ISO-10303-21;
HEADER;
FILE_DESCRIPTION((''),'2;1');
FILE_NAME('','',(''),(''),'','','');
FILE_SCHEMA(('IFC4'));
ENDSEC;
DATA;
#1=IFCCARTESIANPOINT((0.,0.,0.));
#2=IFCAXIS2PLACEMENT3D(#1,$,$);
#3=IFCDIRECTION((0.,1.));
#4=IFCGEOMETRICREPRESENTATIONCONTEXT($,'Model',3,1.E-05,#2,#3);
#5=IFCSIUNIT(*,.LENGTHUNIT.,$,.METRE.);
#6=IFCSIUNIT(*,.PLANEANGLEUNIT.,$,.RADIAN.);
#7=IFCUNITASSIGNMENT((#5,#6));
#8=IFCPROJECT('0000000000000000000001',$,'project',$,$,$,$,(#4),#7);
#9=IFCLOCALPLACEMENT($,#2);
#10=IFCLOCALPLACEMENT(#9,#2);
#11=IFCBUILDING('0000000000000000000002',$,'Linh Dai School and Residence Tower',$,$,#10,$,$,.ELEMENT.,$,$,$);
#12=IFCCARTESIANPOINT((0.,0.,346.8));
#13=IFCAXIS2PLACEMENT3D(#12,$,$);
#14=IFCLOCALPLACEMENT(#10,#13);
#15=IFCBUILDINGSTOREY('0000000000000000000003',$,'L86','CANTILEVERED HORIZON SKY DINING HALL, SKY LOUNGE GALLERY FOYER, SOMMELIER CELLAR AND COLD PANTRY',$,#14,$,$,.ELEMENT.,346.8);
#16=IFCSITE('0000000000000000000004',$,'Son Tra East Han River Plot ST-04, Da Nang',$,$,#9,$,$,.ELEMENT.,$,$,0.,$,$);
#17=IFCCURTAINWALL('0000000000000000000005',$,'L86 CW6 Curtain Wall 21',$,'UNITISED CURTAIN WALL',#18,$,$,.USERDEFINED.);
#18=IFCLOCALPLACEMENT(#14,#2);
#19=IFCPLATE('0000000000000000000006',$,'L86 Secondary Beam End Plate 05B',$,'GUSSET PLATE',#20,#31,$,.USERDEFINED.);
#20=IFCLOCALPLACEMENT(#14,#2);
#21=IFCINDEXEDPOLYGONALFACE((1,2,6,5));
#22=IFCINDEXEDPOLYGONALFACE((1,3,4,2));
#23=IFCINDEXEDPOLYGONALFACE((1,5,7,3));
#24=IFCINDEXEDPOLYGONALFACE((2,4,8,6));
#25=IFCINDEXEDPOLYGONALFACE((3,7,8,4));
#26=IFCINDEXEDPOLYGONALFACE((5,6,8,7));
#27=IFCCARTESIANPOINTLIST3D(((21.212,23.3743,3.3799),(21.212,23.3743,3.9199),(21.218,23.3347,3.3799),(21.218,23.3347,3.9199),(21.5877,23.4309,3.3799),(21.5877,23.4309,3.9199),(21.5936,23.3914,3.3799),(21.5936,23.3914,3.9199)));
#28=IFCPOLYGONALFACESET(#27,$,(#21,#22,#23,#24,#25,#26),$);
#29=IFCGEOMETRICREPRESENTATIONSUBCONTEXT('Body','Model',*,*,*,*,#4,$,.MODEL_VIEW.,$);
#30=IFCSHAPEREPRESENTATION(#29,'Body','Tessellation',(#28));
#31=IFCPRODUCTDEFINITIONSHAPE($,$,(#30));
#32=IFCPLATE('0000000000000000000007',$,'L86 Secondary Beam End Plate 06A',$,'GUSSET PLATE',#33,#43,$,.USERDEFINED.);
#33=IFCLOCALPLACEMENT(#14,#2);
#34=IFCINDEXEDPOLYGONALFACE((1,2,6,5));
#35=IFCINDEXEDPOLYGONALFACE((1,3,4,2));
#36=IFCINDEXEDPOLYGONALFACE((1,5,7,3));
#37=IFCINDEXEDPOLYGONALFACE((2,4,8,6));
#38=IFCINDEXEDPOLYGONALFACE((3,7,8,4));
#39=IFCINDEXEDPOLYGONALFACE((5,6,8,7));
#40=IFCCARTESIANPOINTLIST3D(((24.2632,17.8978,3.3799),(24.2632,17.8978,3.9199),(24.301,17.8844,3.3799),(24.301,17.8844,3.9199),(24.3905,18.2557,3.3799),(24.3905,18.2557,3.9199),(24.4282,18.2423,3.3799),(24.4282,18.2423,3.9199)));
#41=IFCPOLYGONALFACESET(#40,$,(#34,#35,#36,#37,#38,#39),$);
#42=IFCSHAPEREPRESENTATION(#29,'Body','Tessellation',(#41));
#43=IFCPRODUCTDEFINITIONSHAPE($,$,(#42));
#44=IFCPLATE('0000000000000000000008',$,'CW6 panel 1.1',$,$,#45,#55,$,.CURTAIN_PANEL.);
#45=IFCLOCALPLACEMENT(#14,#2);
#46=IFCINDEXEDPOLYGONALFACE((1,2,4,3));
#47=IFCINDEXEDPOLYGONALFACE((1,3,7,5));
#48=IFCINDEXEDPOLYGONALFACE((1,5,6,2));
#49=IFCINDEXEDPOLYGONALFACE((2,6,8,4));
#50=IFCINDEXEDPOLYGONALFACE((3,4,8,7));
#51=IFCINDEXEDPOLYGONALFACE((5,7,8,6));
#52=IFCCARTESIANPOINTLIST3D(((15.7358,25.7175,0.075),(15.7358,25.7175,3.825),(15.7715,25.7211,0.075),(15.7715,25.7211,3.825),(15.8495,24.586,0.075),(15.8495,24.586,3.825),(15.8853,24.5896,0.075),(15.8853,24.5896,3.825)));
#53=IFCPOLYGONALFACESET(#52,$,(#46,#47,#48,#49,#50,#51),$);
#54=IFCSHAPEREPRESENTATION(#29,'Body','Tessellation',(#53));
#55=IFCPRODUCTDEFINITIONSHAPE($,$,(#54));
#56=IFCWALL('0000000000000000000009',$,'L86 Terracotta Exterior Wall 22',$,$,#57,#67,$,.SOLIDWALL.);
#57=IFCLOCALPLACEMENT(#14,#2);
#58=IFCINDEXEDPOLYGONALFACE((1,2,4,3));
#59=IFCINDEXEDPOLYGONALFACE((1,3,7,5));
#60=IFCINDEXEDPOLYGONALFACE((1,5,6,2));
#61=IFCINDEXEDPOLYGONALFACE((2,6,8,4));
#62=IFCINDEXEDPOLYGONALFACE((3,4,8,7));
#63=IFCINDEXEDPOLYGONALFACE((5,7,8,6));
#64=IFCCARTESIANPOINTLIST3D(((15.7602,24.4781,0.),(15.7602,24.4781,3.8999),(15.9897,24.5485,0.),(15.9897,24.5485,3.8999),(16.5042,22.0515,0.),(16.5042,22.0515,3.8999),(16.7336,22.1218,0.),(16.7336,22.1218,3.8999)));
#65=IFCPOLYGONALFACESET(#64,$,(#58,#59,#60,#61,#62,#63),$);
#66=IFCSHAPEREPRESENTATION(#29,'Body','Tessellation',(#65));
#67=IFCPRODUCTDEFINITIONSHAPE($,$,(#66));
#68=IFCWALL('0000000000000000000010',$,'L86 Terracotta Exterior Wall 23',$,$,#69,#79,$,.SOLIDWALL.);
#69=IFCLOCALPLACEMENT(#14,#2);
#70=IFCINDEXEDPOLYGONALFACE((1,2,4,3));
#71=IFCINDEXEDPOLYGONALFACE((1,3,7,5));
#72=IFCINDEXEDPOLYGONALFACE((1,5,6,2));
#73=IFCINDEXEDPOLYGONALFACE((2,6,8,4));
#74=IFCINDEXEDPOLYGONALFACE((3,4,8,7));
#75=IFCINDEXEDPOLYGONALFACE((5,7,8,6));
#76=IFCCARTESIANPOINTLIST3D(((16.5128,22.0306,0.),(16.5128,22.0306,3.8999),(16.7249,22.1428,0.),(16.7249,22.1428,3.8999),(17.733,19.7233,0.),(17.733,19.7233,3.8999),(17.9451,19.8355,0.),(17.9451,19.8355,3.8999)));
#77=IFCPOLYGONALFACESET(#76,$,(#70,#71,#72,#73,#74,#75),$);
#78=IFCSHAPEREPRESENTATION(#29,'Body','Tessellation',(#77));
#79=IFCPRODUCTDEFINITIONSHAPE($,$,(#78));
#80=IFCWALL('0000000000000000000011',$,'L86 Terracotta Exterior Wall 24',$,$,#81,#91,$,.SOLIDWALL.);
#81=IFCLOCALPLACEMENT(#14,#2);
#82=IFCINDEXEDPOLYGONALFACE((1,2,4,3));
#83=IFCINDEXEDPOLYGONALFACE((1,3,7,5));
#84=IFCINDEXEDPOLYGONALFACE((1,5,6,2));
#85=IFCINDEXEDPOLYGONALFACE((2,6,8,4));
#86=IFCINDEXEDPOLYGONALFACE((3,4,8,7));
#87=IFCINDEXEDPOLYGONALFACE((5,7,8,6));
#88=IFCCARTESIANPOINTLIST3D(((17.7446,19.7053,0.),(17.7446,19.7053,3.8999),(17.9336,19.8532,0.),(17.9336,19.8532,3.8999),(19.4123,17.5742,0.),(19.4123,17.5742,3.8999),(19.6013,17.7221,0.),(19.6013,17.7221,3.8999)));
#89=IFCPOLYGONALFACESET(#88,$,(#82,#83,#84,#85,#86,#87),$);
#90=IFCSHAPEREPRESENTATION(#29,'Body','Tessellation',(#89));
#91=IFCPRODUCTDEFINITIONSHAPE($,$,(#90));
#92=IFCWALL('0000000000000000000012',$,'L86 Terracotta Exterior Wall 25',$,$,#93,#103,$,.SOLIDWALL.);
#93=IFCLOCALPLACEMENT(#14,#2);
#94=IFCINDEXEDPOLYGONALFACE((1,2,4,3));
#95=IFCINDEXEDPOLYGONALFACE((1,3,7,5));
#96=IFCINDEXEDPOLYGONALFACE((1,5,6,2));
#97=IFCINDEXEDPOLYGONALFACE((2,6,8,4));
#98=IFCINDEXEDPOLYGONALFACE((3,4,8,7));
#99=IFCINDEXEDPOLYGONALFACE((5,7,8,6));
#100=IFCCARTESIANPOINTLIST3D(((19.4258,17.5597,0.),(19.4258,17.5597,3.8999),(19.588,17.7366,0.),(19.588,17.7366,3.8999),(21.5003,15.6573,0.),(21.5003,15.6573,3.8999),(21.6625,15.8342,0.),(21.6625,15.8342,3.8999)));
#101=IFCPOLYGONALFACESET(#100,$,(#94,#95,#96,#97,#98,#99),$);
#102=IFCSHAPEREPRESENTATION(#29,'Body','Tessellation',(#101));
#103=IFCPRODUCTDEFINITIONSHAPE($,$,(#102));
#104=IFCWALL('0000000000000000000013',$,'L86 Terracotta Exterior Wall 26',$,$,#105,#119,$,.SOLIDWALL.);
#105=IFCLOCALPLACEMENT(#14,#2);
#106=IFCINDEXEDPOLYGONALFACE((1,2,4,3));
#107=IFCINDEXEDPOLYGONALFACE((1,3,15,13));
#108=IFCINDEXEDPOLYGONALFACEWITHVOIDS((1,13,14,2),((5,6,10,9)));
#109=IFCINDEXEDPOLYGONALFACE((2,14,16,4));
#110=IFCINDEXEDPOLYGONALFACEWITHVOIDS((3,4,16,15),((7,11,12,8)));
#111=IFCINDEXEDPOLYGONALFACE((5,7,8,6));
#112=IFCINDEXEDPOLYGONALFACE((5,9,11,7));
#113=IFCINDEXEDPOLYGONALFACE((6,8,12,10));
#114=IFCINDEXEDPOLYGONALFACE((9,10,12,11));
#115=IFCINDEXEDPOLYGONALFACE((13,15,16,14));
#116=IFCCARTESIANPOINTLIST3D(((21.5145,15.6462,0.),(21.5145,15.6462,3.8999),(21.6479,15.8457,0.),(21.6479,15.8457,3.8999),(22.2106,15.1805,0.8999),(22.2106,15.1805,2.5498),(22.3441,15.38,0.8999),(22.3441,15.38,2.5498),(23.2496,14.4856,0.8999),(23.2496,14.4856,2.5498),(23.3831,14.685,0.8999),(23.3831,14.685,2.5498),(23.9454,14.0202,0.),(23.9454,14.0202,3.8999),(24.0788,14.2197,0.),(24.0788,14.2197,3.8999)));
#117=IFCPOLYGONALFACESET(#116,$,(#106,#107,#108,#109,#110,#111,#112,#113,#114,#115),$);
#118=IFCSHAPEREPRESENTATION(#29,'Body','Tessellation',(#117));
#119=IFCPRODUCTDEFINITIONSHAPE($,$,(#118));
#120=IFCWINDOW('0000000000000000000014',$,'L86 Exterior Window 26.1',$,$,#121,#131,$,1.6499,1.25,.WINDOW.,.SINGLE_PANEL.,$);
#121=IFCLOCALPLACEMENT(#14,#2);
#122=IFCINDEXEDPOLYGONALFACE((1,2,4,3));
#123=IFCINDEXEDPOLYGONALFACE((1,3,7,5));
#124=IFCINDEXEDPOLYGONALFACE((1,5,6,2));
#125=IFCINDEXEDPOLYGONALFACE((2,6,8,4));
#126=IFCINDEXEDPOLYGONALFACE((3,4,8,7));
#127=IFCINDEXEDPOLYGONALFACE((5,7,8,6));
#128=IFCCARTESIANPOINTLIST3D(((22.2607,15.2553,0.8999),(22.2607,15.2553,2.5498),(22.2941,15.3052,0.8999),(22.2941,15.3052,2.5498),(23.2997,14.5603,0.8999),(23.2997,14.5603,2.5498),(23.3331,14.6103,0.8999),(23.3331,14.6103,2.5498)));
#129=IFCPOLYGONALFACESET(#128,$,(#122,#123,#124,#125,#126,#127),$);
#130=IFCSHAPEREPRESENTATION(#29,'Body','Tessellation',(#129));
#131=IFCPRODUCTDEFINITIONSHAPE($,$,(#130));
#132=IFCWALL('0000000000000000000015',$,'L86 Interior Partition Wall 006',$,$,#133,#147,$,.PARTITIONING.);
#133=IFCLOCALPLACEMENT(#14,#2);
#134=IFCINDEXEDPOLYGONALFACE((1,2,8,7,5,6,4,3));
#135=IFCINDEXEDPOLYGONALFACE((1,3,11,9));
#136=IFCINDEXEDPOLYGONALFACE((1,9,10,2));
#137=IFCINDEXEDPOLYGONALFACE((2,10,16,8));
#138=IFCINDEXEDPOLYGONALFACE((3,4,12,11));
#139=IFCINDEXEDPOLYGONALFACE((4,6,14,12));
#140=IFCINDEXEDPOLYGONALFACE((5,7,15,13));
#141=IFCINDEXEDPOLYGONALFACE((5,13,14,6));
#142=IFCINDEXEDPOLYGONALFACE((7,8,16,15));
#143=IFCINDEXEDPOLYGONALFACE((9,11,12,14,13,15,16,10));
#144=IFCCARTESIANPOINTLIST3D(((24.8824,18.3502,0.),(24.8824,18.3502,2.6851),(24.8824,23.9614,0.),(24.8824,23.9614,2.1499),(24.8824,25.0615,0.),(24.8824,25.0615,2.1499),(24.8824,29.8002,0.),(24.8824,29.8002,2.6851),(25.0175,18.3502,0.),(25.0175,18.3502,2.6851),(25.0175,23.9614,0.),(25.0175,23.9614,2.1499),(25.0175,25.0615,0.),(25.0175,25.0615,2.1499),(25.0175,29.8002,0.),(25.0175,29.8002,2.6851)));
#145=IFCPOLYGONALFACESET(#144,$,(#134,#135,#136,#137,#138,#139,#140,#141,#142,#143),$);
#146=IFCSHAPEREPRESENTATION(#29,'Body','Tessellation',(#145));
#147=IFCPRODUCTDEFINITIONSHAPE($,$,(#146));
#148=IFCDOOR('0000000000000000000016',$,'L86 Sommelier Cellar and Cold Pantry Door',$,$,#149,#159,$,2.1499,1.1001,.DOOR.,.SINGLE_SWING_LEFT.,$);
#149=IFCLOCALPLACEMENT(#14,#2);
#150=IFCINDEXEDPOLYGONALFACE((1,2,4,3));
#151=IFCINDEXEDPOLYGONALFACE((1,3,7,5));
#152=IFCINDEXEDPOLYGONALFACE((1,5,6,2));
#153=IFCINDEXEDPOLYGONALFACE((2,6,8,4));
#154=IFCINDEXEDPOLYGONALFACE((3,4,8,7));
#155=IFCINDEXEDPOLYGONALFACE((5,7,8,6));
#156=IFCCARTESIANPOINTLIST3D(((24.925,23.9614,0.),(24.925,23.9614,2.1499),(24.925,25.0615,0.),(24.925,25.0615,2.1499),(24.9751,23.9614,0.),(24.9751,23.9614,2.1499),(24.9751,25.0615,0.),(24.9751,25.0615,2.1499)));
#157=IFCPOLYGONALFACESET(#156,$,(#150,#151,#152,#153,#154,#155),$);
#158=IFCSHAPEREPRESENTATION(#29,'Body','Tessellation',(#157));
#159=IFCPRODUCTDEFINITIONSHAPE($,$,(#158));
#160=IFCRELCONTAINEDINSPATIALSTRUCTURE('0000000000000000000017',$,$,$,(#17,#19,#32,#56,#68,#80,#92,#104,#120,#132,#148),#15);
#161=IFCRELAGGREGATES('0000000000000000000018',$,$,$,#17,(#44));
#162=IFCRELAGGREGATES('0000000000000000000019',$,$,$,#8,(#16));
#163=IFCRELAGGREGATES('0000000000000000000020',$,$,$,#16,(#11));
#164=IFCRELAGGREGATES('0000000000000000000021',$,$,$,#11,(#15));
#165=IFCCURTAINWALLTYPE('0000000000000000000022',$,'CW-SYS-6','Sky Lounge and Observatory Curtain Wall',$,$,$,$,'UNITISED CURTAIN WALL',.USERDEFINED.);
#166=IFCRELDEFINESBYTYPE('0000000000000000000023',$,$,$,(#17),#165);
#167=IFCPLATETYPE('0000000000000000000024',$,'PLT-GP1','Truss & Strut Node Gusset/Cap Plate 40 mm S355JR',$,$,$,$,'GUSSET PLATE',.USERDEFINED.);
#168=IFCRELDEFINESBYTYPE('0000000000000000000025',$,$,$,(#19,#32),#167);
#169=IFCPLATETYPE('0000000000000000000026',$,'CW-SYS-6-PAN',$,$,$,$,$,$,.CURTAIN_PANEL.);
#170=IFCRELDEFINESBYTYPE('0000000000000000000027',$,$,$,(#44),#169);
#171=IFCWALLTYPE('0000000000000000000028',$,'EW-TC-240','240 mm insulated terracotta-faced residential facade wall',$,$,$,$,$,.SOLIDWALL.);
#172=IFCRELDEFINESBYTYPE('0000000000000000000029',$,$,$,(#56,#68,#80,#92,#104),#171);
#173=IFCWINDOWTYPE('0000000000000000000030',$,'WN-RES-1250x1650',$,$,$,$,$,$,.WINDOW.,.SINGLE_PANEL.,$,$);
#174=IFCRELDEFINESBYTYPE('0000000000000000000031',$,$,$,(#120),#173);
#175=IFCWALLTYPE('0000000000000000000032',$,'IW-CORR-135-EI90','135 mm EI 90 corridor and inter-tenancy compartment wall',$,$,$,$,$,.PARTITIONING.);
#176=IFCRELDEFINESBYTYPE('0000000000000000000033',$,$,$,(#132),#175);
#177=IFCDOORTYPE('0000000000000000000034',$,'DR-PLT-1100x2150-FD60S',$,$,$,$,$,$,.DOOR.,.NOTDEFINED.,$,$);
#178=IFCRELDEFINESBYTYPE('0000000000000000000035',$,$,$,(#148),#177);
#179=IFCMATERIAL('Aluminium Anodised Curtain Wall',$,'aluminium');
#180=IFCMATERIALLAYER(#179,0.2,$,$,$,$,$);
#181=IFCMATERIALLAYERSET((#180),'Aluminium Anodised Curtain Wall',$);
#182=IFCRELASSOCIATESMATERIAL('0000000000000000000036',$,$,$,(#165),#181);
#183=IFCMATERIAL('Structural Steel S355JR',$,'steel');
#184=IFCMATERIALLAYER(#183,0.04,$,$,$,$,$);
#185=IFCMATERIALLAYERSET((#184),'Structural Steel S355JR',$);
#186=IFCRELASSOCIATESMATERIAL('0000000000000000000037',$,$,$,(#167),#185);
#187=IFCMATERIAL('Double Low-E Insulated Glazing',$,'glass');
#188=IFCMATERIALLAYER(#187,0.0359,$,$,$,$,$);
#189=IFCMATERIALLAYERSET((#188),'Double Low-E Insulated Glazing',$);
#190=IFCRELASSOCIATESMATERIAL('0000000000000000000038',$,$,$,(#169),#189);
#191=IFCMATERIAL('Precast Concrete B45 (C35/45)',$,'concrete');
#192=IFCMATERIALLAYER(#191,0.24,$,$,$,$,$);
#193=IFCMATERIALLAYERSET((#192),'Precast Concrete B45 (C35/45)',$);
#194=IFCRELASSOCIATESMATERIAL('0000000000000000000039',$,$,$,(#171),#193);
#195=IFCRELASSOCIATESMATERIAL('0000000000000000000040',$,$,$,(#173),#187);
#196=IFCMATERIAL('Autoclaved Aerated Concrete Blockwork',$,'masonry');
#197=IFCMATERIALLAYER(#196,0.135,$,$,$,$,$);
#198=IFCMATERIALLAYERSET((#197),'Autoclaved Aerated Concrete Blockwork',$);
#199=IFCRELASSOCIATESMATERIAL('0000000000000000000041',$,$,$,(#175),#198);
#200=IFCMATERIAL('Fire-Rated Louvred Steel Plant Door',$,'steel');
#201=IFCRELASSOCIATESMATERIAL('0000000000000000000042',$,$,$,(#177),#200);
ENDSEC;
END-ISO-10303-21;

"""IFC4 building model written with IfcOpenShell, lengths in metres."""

from ifc_helpers import new_model, si_unit, direction, frame, frame_2d, origin, origin_2d, place, context, subcontext, project, spatial, rectangle, extrude, source, transform, mapped, material, layer, layer_set, type_object, element, fill, aggregate, save


model = new_model("IFC4")

# Units and contexts
model_context = context("Model", 3, precision=1e-05, world=origin(), true_north=direction((0.0, 1.0)))
body_context = subcontext(model_context, "Body", "Model", "MODEL_VIEW")
ifc_project = project(units=[si_unit("LENGTHUNIT", "METRE"), si_unit("PLANEANGLEUNIT", "RADIAN")], contexts=[model_context])

# Site, building, storey
site_placement = place(None, origin())
site = spatial("IfcSite", under=ifc_project, at=site_placement, Name="Son Tra East Han River Plot ST-04, Da Nang", CompositionType="ELEMENT", RefElevation=0.0)
building_placement = place(site_placement, origin())
building = spatial("IfcBuilding", under=site, at=building_placement, Name="Linh Dai School and Residence Tower", CompositionType="ELEMENT")
storey_placement = place(building_placement, frame((0.0, 0.0, 346.8)))
storey = spatial("IfcBuildingStorey", under=building, at=storey_placement, Name="L86", Description="CANTILEVERED HORIZON SKY DINING HALL, SKY LOUNGE GALLERY FOYER, SOMMELIER CELLAR AND COLD PANTRY", CompositionType="ELEMENT", Elevation=346.8)

# Shared definitions
ifc_material_1 = material(Name="Structural Steel S355JR", Category="steel")

# Curtain wall
ifc_material_2 = material(Name="Aluminium Anodised Curtain Wall", Category="aluminium")
ifc_layer_1 = layer(ifc_material_2, 0.2)
ifc_layer_set_1 = layer_set([ifc_layer_1], Name="Aluminium Anodised Curtain Wall")
curtain_wall_type = type_object("IfcCurtainWallType", Name="CW-SYS-6", Description="Sky Lounge and Observatory Curtain Wall", ElementType="UNITISED CURTAIN WALL", PredefinedType="USERDEFINED", material=ifc_layer_set_1)
curtain_wall_placement = place(storey_placement, origin())
curtain_wall = element("IfcCurtainWall", 1, at=curtain_wall_placement, inside=storey, type_object=curtain_wall_type, Name="L86 CW6 Curtain Wall 21", ObjectType="UNITISED CURTAIN WALL", PredefinedType="USERDEFINED")

# Plates
ifc_layer_2 = layer(ifc_material_1, 0.04)
ifc_layer_set_2 = layer_set([ifc_layer_2], Name="Structural Steel S355JR")
plate_type_1 = type_object("IfcPlateType", Name="PLT-GP1", Description="Truss & Strut Node Gusset/Cap Plate 40 mm S355JR", ElementType="GUSSET PLATE", PredefinedType="USERDEFINED", material=ifc_layer_set_2)
shared_shape_1 = source(origin(), body_context, "Body", "SweptSolid", [
    extrude(rectangle(XDim=0.04, YDim=0.3799, at=origin_2d()), origin(), (0.0, 0.0, 1.0), 0.54),
])
for number, where, z_axis, x_axis, name in (
    (2, (21.4028, 23.3828, 3.3799), (0.0, 0.0, 1.0), (0.149196, -0.988808, 0.0), "L86 Secondary Beam End Plate 05B"),
    (3, (24.3457, 18.0701, 3.3799), (0.0, 0.0, 1.0), (0.942251, -0.334909, 0.0), "L86 Secondary Beam End Plate 06A"),
):
    element("IfcPlate", number, at=place(storey_placement, frame(where, z_axis=z_axis, x_axis=x_axis)), inside=storey, type_object=plate_type_1, Name=name, ObjectType="GUSSET PLATE", PredefinedType="USERDEFINED", context=body_context, shape_type="MappedRepresentation", body=[
        mapped(shared_shape_1, transform((0.0, 0.0, 0.0), x_axis=(1.0, 0.0, 0.0), y_axis=(0.0, 1.0, 0.0), z_axis=(0.0, 0.0, 1.0), scale=1.0)),
    ])

# Plate
ifc_material_3 = material(Name="Double Low-E Insulated Glazing", Category="glass")
ifc_layer_3 = layer(ifc_material_3, 0.0359)
ifc_layer_set_3 = layer_set([ifc_layer_3], Name="Double Low-E Insulated Glazing")
plate_type_2 = type_object("IfcPlateType", Name="CW-SYS-6-PAN", PredefinedType="CURTAIN_PANEL", material=ifc_layer_set_3)
shared_shape_2 = source(origin(), body_context, "Body", "SweptSolid", [
    extrude(rectangle(XDim=1.1372, YDim=0.0359, at=origin_2d()), origin(), (0.0, 0.0, 1.0), 3.75),
])
plate_placement = place(storey_placement, frame((15.8105, 25.1536, 0.075), z_axis=(0.0, 0.0, 1.0), x_axis=(-0.099992, 0.994988, 0.0)))
plate = element("IfcPlate", 4, at=plate_placement, type_object=plate_type_2, Name="CW6 panel 1.1", PredefinedType="CURTAIN_PANEL", context=body_context, shape_type="MappedRepresentation", body=[
    mapped(shared_shape_2, transform((0.0, 0.0, 0.0), x_axis=(1.0, 0.0, 0.0), y_axis=(0.0, 1.0, 0.0), z_axis=(0.0, 0.0, 1.0), scale=1.0)),
])
aggregate(curtain_wall, [plate])

# Walls
ifc_material_4 = material(Name="Precast Concrete B45 (C35/45)", Category="concrete")
ifc_layer_4 = layer(ifc_material_4, 0.24)
ifc_layer_set_4 = layer_set([ifc_layer_4], Name="Precast Concrete B45 (C35/45)")
wall_type_1 = type_object("IfcWallType", Name="EW-TC-240", Description="240 mm insulated terracotta-faced residential facade wall", PredefinedType="SOLIDWALL", material=ifc_layer_set_4)
wall_1_placement = place(storey_placement, frame((16.6189, 22.0867, 0.0), z_axis=(0.0, 0.0, 1.0), x_axis=(-0.293106, 0.95608, 0.0)))
element("IfcWall", 5, at=wall_1_placement, inside=storey, type_object=wall_type_1, Name="L86 Terracotta Exterior Wall 22", PredefinedType="SOLIDWALL", context=body_context, shape_type="SweptSolid", body=[
    extrude(rectangle(XDim=2.5381, YDim=0.24, at=frame_2d((1.269, 0.0))), origin(), (0.0, 0.0, 1.0), 3.8999),
])
wall_2_placement = place(storey_placement, frame((17.8391, 19.7793, 0.0), z_axis=(0.0, 0.0, 1.0), x_axis=(-0.467488, 0.883999, 0.0)))
element("IfcWall", 6, at=wall_2_placement, inside=storey, type_object=wall_type_1, Name="L86 Terracotta Exterior Wall 23", PredefinedType="SOLIDWALL", context=body_context, shape_type="SweptSolid", body=[
    extrude(rectangle(XDim=2.6101, YDim=0.24, at=frame_2d((1.3052, 0.0))), origin(), (0.0, 0.0, 1.0), 3.8999),
])
wall_3_placement = place(storey_placement, frame((19.5068, 17.6482, 0.0), z_axis=(0.0, 0.0, 1.0), x_axis=(-0.616286, 0.787522, 0.0)))
element("IfcWall", 7, at=wall_3_placement, inside=storey, type_object=wall_type_1, Name="L86 Terracotta Exterior Wall 24", PredefinedType="SOLIDWALL", context=body_context, shape_type="SweptSolid", body=[
    extrude(rectangle(XDim=2.7061, YDim=0.24, at=frame_2d((1.353, 0.0))), origin(), (0.0, 0.0, 1.0), 3.8999),
])
wall_4_placement = place(storey_placement, frame((21.5813, 15.7458, 0.0), z_axis=(0.0, 0.0, 1.0), x_axis=(-0.737021, 0.67587, 0.0)))
element("IfcWall", 8, at=wall_4_placement, inside=storey, type_object=wall_type_1, Name="L86 Terracotta Exterior Wall 25", PredefinedType="SOLIDWALL", context=body_context, shape_type="SweptSolid", body=[
    extrude(rectangle(XDim=2.8147, YDim=0.24, at=frame_2d((1.4072, 0.0))), origin(), (0.0, 0.0, 1.0), 3.8999),
])

# Wall, opening, window
wall_5_placement = place(storey_placement, frame((24.0122, 14.1199, 0.0), z_axis=(0.0, 0.0, 1.0), x_axis=(-0.831202, 0.555971, 0.0)))
wall_5 = element("IfcWall", 9, at=wall_5_placement, inside=storey, type_object=wall_type_1, Name="L86 Terracotta Exterior Wall 26", PredefinedType="SOLIDWALL", context=body_context, shape_type="SweptSolid", body=[
    extrude(rectangle(XDim=2.9246, YDim=0.24, at=frame_2d((1.4624, 0.0))), origin(), (0.0, 0.0, 1.0), 3.8999),
])
opening_1_placement = place(wall_5_placement, frame((0.8372, 0.0, 0.8999)))
opening_1 = element("IfcOpeningElement", 10, at=opening_1_placement, cuts=wall_5, PredefinedType="OPENING", context=body_context, shape_type="SweptSolid", body=[
    extrude(rectangle(XDim=1.25, YDim=1.6499, at=origin_2d()), frame((0.625, 0.1299, 0.825), z_axis=(0.0, -1.0, 0.0), x_axis=(1.0, 0.0, 0.0)), (0.0, 0.0, 1.0), 0.26),
])
window_type = type_object("IfcWindowType", Name="WN-RES-1250x1650", PartitioningType="SINGLE_PANEL", PredefinedType="WINDOW", material=ifc_material_3)
shared_shape_3 = source(origin(), body_context, "Body", "SweptSolid", [
    extrude(rectangle(XDim=1.25, YDim=1.6499, at=origin_2d()), frame((0.625, 0.03, 0.825), z_axis=(0.0, -1.0, 0.0), x_axis=(1.0, 0.0, 0.0)), (0.0, 0.0, 1.0), 0.0601),
])
window_placement = place(opening_1_placement, origin())
window = element("IfcWindow", 11, at=window_placement, inside=storey, type_object=window_type, Name="L86 Exterior Window 26.1", OverallHeight=1.6499, OverallWidth=1.25, PartitioningType="SINGLE_PANEL", PredefinedType="WINDOW", context=body_context, shape_type="MappedRepresentation", body=[
    mapped(shared_shape_3, transform((0.0, 0.0, 0.0), x_axis=(1.0, 0.0, 0.0), y_axis=(0.0, 1.0, 0.0), z_axis=(0.0, 0.0, 1.0), scale=1.0)),
])
fill(opening_1, window)

# Wall, opening, door
ifc_material_5 = material(Name="Autoclaved Aerated Concrete Blockwork", Category="masonry")
ifc_layer_5 = layer(ifc_material_5, 0.135)
ifc_layer_set_5 = layer_set([ifc_layer_5], Name="Autoclaved Aerated Concrete Blockwork")
wall_type_2 = type_object("IfcWallType", Name="IW-CORR-135-EI90", Description="135 mm EI 90 corridor and inter-tenancy compartment wall", PredefinedType="PARTITIONING", material=ifc_layer_set_5)
wall_6_placement = place(storey_placement, frame((24.95, 18.3501, 0.0), z_axis=(0.0, 0.0, 1.0), x_axis=(0.0, 1.0, 0.0)))
wall_6 = element("IfcWall", 12, at=wall_6_placement, inside=storey, type_object=wall_type_2, Name="L86 Interior Partition Wall 006", PredefinedType="PARTITIONING", context=body_context, shape_type="SweptSolid", body=[
    extrude(rectangle(XDim=11.45, YDim=0.135, at=frame_2d((5.7251, 0.0))), origin(), (0.0, 0.0, 1.0), 2.6851),
])
opening_2_placement = place(wall_6_placement, frame((5.6113, 0.0, 0.0)))
opening_2 = element("IfcOpeningElement", 13, at=opening_2_placement, cuts=wall_6, PredefinedType="OPENING", context=body_context, shape_type="SweptSolid", body=[
    extrude(rectangle(XDim=1.1001, YDim=2.1499, at=origin_2d()), frame((0.55, 0.0776, 1.075), z_axis=(0.0, -1.0, 0.0), x_axis=(1.0, 0.0, 0.0)), (0.0, 0.0, 1.0), 0.155),
])
ifc_material_6 = material(Name="Fire-Rated Louvred Steel Plant Door", Category="steel")
door_type_1 = type_object("IfcDoorType", Name="DR-PLT-1100x2150-FD60S", OperationType="NOTDEFINED", PredefinedType="DOOR", material=ifc_material_6)
shared_shape_4 = source(origin(), body_context, "Body", "SweptSolid", [
    extrude(rectangle(XDim=1.1001, YDim=2.1499, at=origin_2d()), frame((0.55, 0.0249, 1.075), z_axis=(0.0, -1.0, 0.0), x_axis=(1.0, 0.0, 0.0)), (0.0, 0.0, 1.0), 0.05),
])
door_1_placement = place(opening_2_placement, origin())
door_1 = element("IfcDoor", 14, at=door_1_placement, inside=storey, type_object=door_type_1, Name="L86 Sommelier Cellar and Cold Pantry Door", OperationType="SINGLE_SWING_LEFT", OverallHeight=2.1499, OverallWidth=1.1001, PredefinedType="DOOR", context=body_context, shape_type="MappedRepresentation", body=[
    mapped(shared_shape_4, transform((0.0, 0.0, 0.0), x_axis=(1.0, 0.0, 0.0), y_axis=(0.0, 1.0, 0.0), z_axis=(0.0, 0.0, 1.0), scale=1.0)),
])
fill(opening_2, door_1)

save(model, "model.ifc")
